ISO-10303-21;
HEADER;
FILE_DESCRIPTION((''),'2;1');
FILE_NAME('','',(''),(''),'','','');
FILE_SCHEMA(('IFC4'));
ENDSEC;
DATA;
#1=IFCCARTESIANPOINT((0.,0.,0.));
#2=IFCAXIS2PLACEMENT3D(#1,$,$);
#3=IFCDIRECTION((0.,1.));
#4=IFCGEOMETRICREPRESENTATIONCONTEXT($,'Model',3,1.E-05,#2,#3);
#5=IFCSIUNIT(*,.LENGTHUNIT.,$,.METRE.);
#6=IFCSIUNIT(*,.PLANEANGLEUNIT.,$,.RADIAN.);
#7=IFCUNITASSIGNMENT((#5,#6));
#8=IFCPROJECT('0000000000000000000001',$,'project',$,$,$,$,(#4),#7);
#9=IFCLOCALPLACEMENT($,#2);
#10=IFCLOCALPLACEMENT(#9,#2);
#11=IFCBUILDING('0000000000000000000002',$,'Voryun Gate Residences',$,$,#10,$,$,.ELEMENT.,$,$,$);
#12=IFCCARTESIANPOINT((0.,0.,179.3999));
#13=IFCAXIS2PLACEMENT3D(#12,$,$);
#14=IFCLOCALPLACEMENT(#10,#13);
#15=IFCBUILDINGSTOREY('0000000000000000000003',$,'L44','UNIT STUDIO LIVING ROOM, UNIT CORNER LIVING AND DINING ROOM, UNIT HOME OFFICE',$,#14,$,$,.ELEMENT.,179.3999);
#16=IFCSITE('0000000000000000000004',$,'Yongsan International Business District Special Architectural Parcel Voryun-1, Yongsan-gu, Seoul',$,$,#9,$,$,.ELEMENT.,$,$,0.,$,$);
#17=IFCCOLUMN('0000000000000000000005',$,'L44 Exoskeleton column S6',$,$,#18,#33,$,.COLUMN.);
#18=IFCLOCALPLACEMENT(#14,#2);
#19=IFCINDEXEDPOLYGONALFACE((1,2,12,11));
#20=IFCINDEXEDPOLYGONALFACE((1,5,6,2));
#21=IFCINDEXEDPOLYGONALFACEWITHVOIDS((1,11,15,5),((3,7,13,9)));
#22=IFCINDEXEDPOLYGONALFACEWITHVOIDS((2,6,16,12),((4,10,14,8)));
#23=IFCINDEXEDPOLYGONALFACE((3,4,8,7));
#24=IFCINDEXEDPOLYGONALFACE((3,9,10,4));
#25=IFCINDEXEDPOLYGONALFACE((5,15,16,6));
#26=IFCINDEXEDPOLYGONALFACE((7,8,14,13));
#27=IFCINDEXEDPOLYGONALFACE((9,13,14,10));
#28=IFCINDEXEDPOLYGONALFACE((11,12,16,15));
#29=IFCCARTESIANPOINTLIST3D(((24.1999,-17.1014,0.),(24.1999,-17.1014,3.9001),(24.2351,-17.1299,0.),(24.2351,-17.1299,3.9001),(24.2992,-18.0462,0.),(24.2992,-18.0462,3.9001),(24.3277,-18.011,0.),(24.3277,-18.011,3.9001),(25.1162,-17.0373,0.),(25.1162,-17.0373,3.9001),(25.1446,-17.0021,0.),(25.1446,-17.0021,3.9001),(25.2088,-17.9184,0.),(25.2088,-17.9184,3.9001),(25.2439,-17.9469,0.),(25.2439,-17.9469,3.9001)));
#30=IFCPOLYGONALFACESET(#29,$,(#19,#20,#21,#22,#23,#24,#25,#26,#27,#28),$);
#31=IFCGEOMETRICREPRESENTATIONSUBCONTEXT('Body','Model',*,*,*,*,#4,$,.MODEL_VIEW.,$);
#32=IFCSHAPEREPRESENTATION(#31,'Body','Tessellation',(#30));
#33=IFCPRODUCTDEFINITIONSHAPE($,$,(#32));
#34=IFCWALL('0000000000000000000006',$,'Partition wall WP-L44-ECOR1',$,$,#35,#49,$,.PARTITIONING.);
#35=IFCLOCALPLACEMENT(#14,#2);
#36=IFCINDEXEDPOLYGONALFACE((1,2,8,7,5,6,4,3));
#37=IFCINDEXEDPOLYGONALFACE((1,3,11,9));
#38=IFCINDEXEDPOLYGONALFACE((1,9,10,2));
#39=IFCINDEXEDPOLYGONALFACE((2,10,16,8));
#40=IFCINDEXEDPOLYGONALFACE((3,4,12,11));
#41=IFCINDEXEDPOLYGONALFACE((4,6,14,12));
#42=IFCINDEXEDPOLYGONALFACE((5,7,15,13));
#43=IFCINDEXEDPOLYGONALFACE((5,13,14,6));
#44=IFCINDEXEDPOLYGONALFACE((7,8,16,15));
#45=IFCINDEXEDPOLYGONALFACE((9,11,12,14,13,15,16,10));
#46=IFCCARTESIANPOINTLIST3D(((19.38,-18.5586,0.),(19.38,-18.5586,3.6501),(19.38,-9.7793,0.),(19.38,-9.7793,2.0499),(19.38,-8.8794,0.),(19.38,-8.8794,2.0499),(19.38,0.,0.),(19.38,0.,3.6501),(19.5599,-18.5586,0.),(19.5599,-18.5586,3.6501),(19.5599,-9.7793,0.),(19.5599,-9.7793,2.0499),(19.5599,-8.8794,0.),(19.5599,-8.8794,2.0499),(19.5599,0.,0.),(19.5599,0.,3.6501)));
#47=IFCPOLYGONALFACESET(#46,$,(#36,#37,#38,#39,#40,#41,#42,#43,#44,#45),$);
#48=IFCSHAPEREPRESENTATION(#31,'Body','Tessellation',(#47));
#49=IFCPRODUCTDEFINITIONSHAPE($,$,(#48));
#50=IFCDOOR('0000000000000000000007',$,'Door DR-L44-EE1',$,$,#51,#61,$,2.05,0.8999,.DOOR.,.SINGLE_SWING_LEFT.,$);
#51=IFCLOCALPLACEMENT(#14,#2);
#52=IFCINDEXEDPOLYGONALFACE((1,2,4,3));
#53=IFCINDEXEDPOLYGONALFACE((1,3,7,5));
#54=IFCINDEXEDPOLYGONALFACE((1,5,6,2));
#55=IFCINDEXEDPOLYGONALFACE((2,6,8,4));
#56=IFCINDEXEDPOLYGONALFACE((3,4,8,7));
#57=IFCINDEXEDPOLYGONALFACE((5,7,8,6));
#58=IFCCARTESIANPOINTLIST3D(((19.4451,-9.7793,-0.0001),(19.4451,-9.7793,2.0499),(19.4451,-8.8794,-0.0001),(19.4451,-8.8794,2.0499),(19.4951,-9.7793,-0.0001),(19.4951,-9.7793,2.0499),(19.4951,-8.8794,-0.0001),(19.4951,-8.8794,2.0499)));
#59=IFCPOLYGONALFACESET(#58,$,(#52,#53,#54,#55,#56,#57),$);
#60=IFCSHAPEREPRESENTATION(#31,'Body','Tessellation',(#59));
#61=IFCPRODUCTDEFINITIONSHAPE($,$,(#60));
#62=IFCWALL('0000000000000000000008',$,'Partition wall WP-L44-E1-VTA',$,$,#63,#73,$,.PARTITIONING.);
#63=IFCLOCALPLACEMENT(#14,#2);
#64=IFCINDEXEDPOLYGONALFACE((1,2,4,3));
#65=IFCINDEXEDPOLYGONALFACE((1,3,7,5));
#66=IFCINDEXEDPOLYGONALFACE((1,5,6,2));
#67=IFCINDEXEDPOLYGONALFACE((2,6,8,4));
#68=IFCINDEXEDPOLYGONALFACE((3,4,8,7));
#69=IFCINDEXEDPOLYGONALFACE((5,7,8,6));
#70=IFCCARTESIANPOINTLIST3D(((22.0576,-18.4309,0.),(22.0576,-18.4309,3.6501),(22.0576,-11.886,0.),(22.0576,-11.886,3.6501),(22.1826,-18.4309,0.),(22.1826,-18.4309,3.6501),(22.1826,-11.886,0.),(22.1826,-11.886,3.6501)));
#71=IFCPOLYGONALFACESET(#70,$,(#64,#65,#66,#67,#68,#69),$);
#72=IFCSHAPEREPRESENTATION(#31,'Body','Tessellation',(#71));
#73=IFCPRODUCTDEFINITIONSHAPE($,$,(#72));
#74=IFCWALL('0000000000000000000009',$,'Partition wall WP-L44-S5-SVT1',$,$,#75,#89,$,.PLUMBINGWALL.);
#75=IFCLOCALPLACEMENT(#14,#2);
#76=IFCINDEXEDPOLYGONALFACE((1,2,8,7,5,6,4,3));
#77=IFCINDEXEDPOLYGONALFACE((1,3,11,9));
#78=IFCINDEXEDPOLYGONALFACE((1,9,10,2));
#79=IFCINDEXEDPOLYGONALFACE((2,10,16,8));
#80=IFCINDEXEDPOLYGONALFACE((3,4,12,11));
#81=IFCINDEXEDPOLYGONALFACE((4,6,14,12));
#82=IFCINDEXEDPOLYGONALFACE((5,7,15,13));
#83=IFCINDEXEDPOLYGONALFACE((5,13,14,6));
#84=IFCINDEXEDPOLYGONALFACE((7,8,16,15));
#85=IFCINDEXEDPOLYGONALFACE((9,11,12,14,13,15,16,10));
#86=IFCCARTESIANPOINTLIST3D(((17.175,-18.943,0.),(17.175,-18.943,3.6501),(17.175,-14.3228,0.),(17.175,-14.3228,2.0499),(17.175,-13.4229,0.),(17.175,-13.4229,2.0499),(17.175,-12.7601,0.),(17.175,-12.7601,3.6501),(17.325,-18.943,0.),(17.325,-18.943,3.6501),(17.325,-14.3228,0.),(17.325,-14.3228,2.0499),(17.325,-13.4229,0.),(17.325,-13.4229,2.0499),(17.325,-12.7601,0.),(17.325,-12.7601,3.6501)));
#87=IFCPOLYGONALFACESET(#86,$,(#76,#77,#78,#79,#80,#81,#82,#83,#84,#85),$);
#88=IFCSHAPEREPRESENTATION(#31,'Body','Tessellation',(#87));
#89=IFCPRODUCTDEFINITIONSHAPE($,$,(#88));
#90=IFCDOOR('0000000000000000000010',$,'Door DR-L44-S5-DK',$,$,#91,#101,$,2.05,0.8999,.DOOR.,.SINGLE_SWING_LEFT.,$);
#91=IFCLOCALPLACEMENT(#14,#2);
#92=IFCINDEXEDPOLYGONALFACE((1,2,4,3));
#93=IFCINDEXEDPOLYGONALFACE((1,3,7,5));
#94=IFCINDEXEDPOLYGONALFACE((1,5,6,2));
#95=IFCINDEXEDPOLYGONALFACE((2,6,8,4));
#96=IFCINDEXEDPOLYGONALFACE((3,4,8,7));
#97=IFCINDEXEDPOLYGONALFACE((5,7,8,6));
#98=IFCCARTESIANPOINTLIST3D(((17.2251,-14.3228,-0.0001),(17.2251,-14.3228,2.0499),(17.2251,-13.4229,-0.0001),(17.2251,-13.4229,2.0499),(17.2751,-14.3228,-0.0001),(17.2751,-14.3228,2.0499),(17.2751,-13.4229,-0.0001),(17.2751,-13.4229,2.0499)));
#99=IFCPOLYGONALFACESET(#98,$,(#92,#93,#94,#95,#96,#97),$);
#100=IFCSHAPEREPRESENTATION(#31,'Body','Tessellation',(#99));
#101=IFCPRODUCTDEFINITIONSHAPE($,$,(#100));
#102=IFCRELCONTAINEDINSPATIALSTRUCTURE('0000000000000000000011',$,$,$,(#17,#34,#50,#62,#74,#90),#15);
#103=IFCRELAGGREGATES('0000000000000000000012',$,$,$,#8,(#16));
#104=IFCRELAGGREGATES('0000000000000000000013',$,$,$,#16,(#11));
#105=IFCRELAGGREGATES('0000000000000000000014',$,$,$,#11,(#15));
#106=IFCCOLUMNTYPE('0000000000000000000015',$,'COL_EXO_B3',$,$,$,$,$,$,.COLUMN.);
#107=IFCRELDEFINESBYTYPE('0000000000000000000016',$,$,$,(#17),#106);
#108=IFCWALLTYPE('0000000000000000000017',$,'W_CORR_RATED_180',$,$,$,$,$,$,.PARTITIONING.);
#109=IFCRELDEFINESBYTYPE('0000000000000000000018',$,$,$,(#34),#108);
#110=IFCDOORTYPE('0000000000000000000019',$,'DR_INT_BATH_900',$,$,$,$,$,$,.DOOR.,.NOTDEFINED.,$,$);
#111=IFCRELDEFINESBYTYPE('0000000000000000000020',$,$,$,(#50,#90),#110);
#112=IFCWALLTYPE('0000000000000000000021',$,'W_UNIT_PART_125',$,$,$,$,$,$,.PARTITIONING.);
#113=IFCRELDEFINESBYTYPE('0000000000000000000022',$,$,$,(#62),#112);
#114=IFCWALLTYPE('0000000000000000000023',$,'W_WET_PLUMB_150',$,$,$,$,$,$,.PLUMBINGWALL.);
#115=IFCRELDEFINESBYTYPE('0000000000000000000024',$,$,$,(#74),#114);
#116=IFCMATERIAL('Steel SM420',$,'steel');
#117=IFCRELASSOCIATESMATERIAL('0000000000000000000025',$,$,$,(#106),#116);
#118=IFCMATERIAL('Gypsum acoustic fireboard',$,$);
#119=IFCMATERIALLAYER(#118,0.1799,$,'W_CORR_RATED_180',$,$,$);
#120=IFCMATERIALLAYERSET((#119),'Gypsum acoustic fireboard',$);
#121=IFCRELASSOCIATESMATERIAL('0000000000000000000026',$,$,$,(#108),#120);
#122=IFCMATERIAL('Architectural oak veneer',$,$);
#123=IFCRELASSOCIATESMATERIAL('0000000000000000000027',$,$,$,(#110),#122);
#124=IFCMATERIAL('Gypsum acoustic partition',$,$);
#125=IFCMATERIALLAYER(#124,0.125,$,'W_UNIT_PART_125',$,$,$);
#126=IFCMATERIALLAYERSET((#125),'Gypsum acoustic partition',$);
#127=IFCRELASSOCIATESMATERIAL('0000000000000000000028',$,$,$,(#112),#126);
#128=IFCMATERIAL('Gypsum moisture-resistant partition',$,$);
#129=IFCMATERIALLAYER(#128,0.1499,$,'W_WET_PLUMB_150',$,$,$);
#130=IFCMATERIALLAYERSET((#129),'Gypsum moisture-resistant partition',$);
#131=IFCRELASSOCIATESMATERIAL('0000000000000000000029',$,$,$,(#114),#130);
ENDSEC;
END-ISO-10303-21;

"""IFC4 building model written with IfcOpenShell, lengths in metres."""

from ifc_helpers import new_model, si_unit, direction, frame, frame_2d, origin, origin_2d, place, context, subcontext, project, spatial, rectangle, hollow_rectangle, extrude, material, layer, layer_set, material_profile, profile_set, type_object, element, fill, save


model = new_model("IFC4")

# Units and contexts
model_context = context("Model", 3, precision=1e-05, world=origin(), true_north=direction((0.0, 1.0)))
body_context = subcontext(model_context, "Body", "Model", "MODEL_VIEW")
ifc_project = project(units=[si_unit("LENGTHUNIT", "METRE"), si_unit("PLANEANGLEUNIT", "RADIAN")], contexts=[model_context])

# Site, building, storey
site_placement = place(None, origin())
site = spatial("IfcSite", under=ifc_project, at=site_placement, Name="Yongsan International Business District Special Architectural Parcel Voryun-1, Yongsan-gu, Seoul", CompositionType="ELEMENT", RefElevation=0.0)
building_placement = place(site_placement, origin())
building = spatial("IfcBuilding", under=site, at=building_placement, Name="Voryun Gate Residences", CompositionType="ELEMENT")
storey_placement = place(building_placement, frame((0.0, 0.0, 179.3999)))
storey = spatial("IfcBuildingStorey", under=building, at=storey_placement, Name="L44", Description="UNIT STUDIO LIVING ROOM, UNIT CORNER LIVING AND DINING ROOM, UNIT HOME OFFICE", CompositionType="ELEMENT", Elevation=179.3999)

# Column
ifc_material_1 = material(Name="Steel SM420", Category="steel")
ifc_material_profile = material_profile(ifc_material_1, hollow_rectangle(XDim=0.95, YDim=0.95, WallThickness=0.032, at=origin_2d()), Name="BOX-950x950x32")
ifc_profile_set = profile_set([ifc_material_profile], Name="Steel SM420")
column_type = type_object("IfcColumnType", Name="COL_EXO_B3", PredefinedType="COLUMN", material=ifc_profile_set)
column_placement = place(storey_placement, frame((24.7219, -17.5242, 0.0), z_axis=(0.0, 0.0, 1.0), x_axis=(0.994522, 0.104528, 0.0)))
element("IfcColumn", 1, at=column_placement, inside=storey, type_object=column_type, Name="L44 Exoskeleton column S6", PredefinedType="COLUMN", context=body_context, shape_type="SweptSolid", body=[
    extrude(hollow_rectangle(XDim=0.95, YDim=0.95, WallThickness=0.032, at=origin_2d()), origin(), (0.0, 0.0, 1.0), 3.9001),
])

# Wall, opening, door
ifc_material_2 = material(Name="Gypsum acoustic fireboard")
ifc_layer_1 = layer(ifc_material_2, 0.1799, Name="W_CORR_RATED_180")
ifc_layer_set_1 = layer_set([ifc_layer_1], Name="Gypsum acoustic fireboard")
wall_type_1 = type_object("IfcWallType", Name="W_CORR_RATED_180", PredefinedType="PARTITIONING", material=ifc_layer_set_1)
wall_1_placement = place(storey_placement, frame((19.47, -18.5586, 0.0), z_axis=(0.0, 0.0, 1.0), x_axis=(0.0, 1.0, 0.0)))
wall_1 = element("IfcWall", 2, at=wall_1_placement, inside=storey, type_object=wall_type_1, Name="Partition wall WP-L44-ECOR1", PredefinedType="PARTITIONING", context=body_context, shape_type="SweptSolid", body=[
    extrude(rectangle(XDim=18.5586, YDim=0.1799, at=frame_2d((9.2793, 0.0))), origin(), (0.0, 0.0, 1.0), 3.6501),
])
opening_1_placement = place(wall_1_placement, frame((8.7793, 0.0, 0.0)))
opening_1 = element("IfcOpeningElement", 3, at=opening_1_placement, cuts=wall_1, PredefinedType="OPENING", context=body_context, shape_type="SweptSolid", body=[
    extrude(rectangle(XDim=0.8999, YDim=2.05, at=frame_2d((0.45, 1.0249))), frame((0.0, 0.0999, 0.0), z_axis=(0.0, -1.0, 0.0), x_axis=(1.0, 0.0, 0.0)), (0.0, 0.0, 1.0), 0.2),
])
ifc_material_3 = material(Name="Architectural oak veneer")
door_type = type_object("IfcDoorType", Name="DR_INT_BATH_900", OperationType="NOTDEFINED", PredefinedType="DOOR", material=ifc_material_3)
door_1_placement = place(opening_1_placement, origin())
door_1 = element("IfcDoor", 4, at=door_1_placement, inside=storey, type_object=door_type, Name="Door DR-L44-EE1", OperationType="SINGLE_SWING_LEFT", OverallHeight=2.05, OverallWidth=0.8999, PredefinedType="DOOR", context=body_context, shape_type="SweptSolid", body=[
    extrude(rectangle(XDim=0.8999, YDim=2.05, at=frame_2d((0.45, 1.0249))), frame((0.0, 0.0249, 0.0), z_axis=(0.0, -1.0, 0.0), x_axis=(1.0, 0.0, 0.0)), (0.0, 0.0, 1.0), 0.05),
])
fill(opening_1, door_1)

# Wall
ifc_material_4 = material(Name="Gypsum acoustic partition")
ifc_layer_2 = layer(ifc_material_4, 0.125, Name="W_UNIT_PART_125")
ifc_layer_set_2 = layer_set([ifc_layer_2], Name="Gypsum acoustic partition")
wall_type_2 = type_object("IfcWallType", Name="W_UNIT_PART_125", PredefinedType="PARTITIONING", material=ifc_layer_set_2)
wall_2_placement = place(storey_placement, frame((22.1201, -18.4309, 0.0), z_axis=(0.0, 0.0, 1.0), x_axis=(0.0, 1.0, 0.0)))
element("IfcWall", 5, at=wall_2_placement, inside=storey, type_object=wall_type_2, Name="Partition wall WP-L44-E1-VTA", PredefinedType="PARTITIONING", context=body_context, shape_type="SweptSolid", body=[
    extrude(rectangle(XDim=6.5449, YDim=0.125, at=frame_2d((3.2725, 0.0))), origin(), (0.0, 0.0, 1.0), 3.6501),
])

# Wall, opening, door
ifc_material_5 = material(Name="Gypsum moisture-resistant partition")
ifc_layer_3 = layer(ifc_material_5, 0.1499, Name="W_WET_PLUMB_150")
ifc_layer_set_3 = layer_set([ifc_layer_3], Name="Gypsum moisture-resistant partition")
wall_type_3 = type_object("IfcWallType", Name="W_WET_PLUMB_150", PredefinedType="PLUMBINGWALL", material=ifc_layer_set_3)
wall_3_placement = place(storey_placement, frame((17.25, -18.9429, 0.0), z_axis=(0.0, 0.0, 1.0), x_axis=(0.0, 1.0, 0.0)))
wall_3 = element("IfcWall", 6, at=wall_3_placement, inside=storey, type_object=wall_type_3, Name="Partition wall WP-L44-S5-SVT1", PredefinedType="PLUMBINGWALL", context=body_context, shape_type="SweptSolid", body=[
    extrude(rectangle(XDim=6.1829, YDim=0.1499, at=frame_2d((3.0913, 0.0))), origin(), (0.0, 0.0, 1.0), 3.6501),
])
opening_2_placement = place(wall_3_placement, frame((4.6201, 0.0, 0.0)))
opening_2 = element("IfcOpeningElement", 7, at=opening_2_placement, cuts=wall_3, PredefinedType="OPENING", context=body_context, shape_type="SweptSolid", body=[
    extrude(rectangle(XDim=0.8999, YDim=2.05, at=frame_2d((0.45, 1.0249))), frame((0.0, 0.085, 0.0), z_axis=(0.0, -1.0, 0.0), x_axis=(1.0, 0.0, 0.0)), (0.0, 0.0, 1.0), 0.1699),
])
door_2_placement = place(opening_2_placement, origin())
door_2 = element("IfcDoor", 8, at=door_2_placement, inside=storey, type_object=door_type, Name="Door DR-L44-S5-DK", OperationType="SINGLE_SWING_LEFT", OverallHeight=2.05, OverallWidth=0.8999, PredefinedType="DOOR", context=body_context, shape_type="SweptSolid", body=[
    extrude(rectangle(XDim=0.8999, YDim=2.05, at=frame_2d((0.45, 1.0249))), frame((0.0, 0.0249, 0.0), z_axis=(0.0, -1.0, 0.0), x_axis=(1.0, 0.0, 0.0)), (0.0, 0.0, 1.0), 0.05),
])
fill(opening_2, door_2)

save(model, "model.ifc")
